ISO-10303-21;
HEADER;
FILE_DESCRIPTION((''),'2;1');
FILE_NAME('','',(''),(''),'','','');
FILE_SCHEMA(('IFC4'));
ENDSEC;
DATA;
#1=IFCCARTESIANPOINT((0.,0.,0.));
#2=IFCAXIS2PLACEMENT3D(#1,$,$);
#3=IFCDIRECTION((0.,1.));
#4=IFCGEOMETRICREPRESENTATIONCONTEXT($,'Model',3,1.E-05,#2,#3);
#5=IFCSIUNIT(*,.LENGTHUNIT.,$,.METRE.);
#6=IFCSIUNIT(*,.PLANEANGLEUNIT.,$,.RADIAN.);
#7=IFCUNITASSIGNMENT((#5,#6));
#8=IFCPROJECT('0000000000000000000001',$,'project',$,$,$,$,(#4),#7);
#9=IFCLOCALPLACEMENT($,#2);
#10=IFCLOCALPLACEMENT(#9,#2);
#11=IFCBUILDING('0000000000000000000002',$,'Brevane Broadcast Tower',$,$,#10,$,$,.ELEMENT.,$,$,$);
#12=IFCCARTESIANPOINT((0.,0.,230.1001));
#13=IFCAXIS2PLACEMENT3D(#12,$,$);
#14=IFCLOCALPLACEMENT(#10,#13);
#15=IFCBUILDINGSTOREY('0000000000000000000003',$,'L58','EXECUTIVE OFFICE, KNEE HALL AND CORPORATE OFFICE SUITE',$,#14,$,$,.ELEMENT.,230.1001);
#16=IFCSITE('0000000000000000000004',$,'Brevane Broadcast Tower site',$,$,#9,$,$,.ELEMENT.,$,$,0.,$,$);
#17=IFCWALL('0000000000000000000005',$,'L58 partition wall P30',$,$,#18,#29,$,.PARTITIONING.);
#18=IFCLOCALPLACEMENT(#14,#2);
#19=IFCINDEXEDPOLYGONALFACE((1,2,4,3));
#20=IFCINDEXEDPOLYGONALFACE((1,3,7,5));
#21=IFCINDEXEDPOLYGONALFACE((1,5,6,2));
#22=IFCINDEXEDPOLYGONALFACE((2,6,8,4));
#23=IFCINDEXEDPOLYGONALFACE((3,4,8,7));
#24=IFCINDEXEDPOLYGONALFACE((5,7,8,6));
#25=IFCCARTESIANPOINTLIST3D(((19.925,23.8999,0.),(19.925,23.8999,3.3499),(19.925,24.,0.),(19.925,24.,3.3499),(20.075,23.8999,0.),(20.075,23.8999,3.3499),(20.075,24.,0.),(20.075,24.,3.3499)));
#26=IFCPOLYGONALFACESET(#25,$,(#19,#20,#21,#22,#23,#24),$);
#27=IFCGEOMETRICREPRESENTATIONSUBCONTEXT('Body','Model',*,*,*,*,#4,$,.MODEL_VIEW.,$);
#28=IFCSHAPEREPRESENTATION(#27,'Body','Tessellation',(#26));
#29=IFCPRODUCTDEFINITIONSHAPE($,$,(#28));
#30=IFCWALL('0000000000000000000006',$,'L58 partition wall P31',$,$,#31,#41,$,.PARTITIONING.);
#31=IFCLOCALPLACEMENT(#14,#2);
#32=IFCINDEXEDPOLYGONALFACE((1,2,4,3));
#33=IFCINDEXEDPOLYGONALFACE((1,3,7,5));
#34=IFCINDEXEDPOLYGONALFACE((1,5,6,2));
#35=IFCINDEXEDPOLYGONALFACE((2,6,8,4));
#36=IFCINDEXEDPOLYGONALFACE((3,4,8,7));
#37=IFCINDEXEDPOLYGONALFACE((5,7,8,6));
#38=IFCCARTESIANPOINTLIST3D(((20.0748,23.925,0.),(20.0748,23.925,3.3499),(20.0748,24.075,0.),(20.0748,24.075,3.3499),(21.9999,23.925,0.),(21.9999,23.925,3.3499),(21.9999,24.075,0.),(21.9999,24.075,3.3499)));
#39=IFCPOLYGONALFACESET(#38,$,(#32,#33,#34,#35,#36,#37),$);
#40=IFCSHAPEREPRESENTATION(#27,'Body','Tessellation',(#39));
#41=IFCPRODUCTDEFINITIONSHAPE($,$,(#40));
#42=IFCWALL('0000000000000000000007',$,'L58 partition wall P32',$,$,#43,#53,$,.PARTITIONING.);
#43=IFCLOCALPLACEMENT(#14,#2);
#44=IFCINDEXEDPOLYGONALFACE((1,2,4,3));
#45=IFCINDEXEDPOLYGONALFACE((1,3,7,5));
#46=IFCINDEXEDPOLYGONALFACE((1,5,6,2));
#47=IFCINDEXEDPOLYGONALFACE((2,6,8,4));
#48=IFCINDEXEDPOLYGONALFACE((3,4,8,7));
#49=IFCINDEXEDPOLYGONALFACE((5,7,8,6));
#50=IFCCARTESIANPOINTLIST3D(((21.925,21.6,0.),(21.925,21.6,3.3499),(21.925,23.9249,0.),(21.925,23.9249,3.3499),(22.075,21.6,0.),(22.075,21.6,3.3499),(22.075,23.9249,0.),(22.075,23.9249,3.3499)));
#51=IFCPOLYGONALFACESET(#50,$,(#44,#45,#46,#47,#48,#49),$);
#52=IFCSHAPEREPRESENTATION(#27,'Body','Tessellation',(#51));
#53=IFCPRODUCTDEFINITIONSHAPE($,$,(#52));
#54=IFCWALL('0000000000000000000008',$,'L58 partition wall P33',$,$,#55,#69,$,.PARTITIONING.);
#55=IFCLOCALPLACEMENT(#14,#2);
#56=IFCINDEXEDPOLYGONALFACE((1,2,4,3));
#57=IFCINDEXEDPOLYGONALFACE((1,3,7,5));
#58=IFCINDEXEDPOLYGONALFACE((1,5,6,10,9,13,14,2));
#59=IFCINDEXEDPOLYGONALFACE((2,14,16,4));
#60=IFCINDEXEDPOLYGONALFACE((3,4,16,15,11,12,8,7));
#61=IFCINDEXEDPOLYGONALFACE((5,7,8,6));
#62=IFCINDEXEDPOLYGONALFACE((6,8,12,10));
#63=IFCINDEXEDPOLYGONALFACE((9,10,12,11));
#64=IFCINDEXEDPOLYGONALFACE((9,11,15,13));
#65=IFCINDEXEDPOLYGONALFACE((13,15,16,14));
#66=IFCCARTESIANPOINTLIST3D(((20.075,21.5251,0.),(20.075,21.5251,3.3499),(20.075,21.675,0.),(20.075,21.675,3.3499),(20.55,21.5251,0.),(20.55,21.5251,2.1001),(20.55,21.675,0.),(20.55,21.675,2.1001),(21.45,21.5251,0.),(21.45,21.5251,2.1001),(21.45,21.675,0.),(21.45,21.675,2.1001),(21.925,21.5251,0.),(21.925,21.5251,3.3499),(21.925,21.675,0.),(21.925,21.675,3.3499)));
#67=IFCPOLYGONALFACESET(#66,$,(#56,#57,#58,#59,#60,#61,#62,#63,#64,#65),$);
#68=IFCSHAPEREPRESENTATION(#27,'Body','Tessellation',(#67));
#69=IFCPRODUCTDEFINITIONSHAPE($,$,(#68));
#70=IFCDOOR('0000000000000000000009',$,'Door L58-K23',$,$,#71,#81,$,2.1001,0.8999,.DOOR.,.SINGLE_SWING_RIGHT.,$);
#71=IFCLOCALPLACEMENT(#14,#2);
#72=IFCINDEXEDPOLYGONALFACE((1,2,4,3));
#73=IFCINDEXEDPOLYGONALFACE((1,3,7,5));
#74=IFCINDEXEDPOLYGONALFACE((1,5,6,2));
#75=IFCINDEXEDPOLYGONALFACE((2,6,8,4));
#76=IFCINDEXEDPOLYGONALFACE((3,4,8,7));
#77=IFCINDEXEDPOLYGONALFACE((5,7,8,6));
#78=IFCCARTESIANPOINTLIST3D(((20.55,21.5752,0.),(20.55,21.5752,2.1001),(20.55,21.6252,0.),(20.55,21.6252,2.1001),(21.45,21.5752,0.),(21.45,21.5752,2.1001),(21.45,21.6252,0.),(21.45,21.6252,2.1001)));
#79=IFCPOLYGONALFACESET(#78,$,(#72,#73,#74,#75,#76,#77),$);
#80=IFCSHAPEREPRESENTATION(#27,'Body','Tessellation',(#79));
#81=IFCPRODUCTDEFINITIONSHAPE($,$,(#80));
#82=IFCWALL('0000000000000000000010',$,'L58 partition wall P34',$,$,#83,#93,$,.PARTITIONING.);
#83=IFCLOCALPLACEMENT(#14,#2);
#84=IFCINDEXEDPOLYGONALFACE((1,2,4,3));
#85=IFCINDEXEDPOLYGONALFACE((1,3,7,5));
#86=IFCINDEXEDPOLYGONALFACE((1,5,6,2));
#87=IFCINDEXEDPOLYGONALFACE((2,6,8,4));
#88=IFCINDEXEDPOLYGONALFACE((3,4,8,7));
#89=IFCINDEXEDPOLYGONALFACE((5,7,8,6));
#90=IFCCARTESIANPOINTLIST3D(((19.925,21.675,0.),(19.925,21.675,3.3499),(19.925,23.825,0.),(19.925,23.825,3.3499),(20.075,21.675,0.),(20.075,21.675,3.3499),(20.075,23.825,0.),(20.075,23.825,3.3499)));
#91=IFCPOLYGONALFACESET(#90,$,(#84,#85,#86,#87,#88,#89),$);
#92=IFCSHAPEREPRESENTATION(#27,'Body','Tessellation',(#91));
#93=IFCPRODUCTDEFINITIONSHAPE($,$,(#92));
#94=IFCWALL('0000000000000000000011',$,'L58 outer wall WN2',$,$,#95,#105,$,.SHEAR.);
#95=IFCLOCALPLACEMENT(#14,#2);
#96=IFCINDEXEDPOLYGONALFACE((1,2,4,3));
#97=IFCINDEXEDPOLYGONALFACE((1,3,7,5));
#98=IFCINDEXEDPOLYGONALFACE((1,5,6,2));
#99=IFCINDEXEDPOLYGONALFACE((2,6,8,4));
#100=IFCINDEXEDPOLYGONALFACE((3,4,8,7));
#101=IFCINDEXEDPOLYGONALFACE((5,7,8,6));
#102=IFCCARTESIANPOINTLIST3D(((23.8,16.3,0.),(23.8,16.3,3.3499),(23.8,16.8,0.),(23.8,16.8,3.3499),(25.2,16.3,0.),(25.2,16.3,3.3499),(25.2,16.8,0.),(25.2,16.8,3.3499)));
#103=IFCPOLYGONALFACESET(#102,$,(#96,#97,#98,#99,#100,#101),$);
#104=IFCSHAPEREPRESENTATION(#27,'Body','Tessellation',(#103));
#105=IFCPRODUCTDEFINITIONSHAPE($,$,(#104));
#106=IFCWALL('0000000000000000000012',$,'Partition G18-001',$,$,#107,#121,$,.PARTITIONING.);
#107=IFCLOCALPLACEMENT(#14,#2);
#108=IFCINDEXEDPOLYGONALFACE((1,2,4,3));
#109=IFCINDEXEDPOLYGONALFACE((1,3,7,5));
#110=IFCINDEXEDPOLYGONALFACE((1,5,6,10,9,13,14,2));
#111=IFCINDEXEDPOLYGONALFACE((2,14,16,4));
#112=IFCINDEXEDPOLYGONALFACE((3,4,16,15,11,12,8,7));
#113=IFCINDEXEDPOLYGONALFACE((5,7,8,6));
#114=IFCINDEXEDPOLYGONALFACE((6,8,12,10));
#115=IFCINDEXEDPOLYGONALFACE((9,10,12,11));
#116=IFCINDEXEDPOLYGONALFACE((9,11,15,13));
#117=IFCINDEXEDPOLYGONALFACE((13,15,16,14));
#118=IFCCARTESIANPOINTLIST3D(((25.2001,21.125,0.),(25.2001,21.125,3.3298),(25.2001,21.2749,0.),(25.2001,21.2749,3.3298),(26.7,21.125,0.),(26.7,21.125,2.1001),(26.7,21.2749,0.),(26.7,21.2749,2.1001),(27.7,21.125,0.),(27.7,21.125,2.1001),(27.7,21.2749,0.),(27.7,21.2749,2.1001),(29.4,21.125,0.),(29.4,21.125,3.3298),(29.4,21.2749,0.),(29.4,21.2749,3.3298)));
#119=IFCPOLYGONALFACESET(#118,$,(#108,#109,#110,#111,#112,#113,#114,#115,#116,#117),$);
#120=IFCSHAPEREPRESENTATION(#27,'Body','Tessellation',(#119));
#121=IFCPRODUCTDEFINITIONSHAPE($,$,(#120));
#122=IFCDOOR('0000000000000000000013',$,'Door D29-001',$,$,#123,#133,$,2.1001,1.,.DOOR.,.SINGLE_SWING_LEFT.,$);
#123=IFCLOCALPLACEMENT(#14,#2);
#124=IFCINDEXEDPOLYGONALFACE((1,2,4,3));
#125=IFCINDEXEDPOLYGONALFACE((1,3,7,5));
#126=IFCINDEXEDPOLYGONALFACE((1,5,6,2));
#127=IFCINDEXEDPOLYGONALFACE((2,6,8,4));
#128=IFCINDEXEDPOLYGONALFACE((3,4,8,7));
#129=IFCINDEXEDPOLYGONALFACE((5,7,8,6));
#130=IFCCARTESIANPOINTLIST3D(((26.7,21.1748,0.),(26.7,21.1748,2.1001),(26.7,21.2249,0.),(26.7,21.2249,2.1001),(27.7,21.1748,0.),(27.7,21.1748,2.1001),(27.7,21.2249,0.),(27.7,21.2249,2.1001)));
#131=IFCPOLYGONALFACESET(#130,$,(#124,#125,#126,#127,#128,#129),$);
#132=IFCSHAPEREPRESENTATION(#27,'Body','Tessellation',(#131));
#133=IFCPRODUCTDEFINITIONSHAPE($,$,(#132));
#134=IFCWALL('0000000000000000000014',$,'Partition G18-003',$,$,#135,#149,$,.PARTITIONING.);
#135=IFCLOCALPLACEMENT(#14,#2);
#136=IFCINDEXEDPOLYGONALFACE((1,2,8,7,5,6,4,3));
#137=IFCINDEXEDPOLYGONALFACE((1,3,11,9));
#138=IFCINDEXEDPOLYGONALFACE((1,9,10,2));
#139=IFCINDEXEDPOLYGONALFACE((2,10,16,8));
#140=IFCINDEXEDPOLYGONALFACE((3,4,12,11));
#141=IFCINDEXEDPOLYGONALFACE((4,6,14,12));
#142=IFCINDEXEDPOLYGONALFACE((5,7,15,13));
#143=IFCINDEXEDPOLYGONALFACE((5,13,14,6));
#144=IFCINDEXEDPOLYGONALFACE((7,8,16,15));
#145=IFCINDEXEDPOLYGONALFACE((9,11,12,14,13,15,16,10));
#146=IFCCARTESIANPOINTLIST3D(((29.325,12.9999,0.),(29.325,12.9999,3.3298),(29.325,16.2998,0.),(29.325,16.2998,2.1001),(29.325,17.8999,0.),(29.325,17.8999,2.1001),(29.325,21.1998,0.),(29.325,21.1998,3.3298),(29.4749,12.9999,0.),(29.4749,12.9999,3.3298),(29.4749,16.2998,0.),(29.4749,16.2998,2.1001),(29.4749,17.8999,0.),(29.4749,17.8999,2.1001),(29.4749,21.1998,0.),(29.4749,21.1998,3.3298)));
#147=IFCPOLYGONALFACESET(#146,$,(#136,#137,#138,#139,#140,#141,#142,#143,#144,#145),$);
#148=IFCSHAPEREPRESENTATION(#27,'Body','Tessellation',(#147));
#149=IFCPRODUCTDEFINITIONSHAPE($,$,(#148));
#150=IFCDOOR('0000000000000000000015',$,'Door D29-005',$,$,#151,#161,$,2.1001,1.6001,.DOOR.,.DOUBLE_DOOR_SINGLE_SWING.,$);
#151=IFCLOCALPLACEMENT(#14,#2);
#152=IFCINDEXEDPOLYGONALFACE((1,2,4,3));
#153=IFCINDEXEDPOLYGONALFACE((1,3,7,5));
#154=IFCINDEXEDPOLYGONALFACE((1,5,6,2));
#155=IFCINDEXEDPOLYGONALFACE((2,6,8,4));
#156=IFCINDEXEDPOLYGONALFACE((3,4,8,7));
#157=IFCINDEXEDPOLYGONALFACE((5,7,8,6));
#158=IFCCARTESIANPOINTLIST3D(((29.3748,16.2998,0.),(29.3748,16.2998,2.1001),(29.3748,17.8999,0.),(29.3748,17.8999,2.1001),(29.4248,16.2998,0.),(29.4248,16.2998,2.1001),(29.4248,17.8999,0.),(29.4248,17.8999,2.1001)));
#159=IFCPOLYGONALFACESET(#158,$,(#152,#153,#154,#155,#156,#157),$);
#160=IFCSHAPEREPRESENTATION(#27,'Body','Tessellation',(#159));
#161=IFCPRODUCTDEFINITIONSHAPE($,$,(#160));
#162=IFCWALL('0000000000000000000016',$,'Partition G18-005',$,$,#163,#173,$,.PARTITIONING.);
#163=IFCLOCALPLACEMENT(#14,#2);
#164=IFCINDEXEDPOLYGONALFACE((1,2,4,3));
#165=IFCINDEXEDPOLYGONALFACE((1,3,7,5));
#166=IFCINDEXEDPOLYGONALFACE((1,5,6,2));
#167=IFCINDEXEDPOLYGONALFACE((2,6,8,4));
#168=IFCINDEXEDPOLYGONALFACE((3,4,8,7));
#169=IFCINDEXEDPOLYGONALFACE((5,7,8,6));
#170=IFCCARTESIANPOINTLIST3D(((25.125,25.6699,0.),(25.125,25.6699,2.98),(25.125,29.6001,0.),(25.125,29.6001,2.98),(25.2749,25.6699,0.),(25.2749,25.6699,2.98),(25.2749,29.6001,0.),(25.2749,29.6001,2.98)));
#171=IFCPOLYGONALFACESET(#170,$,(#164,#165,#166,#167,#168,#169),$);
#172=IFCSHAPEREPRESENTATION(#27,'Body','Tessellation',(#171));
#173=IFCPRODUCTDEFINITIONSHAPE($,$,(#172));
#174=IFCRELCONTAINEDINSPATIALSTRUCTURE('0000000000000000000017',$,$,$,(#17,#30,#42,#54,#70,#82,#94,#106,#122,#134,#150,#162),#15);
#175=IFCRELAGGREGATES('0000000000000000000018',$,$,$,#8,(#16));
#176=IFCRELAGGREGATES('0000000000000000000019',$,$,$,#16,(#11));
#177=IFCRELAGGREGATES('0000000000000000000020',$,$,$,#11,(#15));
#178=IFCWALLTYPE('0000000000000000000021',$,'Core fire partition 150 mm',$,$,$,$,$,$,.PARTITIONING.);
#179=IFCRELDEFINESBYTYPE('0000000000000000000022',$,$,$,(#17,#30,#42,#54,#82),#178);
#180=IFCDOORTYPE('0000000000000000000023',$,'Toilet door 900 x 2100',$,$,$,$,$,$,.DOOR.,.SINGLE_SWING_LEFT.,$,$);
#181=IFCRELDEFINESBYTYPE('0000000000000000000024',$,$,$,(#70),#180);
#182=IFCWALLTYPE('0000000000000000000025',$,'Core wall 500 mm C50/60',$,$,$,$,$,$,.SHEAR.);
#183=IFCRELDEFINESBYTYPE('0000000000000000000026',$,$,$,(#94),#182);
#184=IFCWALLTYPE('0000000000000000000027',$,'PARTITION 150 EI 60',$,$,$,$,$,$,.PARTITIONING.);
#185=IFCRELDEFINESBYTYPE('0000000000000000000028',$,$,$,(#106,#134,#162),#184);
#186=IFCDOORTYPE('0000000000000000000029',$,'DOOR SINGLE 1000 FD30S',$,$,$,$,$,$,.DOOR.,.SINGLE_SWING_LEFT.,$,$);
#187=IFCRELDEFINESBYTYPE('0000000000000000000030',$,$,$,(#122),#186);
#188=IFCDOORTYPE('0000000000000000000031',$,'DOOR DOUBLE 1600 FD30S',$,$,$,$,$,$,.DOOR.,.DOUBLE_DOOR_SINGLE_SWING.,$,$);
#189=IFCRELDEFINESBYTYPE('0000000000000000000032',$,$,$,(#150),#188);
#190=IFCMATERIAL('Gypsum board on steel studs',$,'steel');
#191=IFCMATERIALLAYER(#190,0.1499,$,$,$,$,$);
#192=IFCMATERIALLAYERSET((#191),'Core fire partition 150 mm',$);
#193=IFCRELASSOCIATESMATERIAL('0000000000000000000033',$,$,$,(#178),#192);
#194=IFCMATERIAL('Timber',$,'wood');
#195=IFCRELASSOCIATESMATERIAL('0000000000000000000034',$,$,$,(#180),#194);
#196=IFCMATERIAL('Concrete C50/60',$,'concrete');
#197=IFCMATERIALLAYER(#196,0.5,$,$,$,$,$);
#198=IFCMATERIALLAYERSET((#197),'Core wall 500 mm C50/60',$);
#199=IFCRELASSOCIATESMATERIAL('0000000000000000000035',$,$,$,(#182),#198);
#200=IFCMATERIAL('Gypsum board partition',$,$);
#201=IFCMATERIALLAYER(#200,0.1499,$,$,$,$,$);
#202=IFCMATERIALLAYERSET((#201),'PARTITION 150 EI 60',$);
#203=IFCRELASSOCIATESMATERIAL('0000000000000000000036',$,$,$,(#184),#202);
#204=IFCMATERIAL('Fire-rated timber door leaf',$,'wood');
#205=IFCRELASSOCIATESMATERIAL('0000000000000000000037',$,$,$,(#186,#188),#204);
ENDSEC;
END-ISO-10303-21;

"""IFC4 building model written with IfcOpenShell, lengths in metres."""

from ifc_helpers import new_model, si_unit, direction, frame, frame_2d, origin, place, context, subcontext, project, spatial, rectangle, extrude, material, layer, layer_set, type_object, element, fill, save


model = new_model("IFC4")

# Units and contexts
model_context = context("Model", 3, precision=1e-05, world=origin(), true_north=direction((0.0, 1.0)))
body_context = subcontext(model_context, "Body", "Model", "MODEL_VIEW")
ifc_project = project(units=[si_unit("LENGTHUNIT", "METRE"), si_unit("PLANEANGLEUNIT", "RADIAN")], contexts=[model_context])

# Site, building, storey
site_placement = place(None, origin())
site = spatial("IfcSite", under=ifc_project, at=site_placement, Name="Brevane Broadcast Tower site", CompositionType="ELEMENT", RefElevation=0.0)
building_placement = place(site_placement, origin())
building = spatial("IfcBuilding", under=site, at=building_placement, Name="Brevane Broadcast Tower", CompositionType="ELEMENT")
storey_placement = place(building_placement, frame((0.0, 0.0, 230.1001)))
storey = spatial("IfcBuildingStorey", under=building, at=storey_placement, Name="L58", Description="EXECUTIVE OFFICE, KNEE HALL AND CORPORATE OFFICE SUITE", CompositionType="ELEMENT", Elevation=230.1001)

# Shared definitions
ifc_material_1 = material(Name="Concrete C50/60", Category="concrete")

# Shared definitions
ifc_material_2 = material(Name="Gypsum board on steel studs", Category="steel")
ifc_layer_1 = layer(ifc_material_2, 0.1499)
ifc_layer_set_1 = layer_set([ifc_layer_1], Name="Core fire partition 150 mm")
wall_type_1 = type_object("IfcWallType", Name="Core fire partition 150 mm", PredefinedType="PARTITIONING", material=ifc_layer_set_1)

# Walls
wall_1_placement = place(storey_placement, frame((20.0, 23.8999, 0.0), z_axis=(0.0, 0.0, 1.0), x_axis=(0.0, 1.0, 0.0)))
element("IfcWall", 1, at=wall_1_placement, inside=storey, type_object=wall_type_1, Name="L58 partition wall P30", PredefinedType="PARTITIONING", context=body_context, shape_type="SweptSolid", body=[
    extrude(rectangle(XDim=0.1001, YDim=0.1499, at=frame_2d((0.05, 0.0))), origin(), (0.0, 0.0, 1.0), 3.3499),
])
wall_2_placement = place(storey_placement, frame((20.075, 24.0, 0.0), z_axis=(0.0, 0.0, 1.0), x_axis=(1.0, 0.0, 0.0)))
element("IfcWall", 2, at=wall_2_placement, inside=storey, type_object=wall_type_1, Name="L58 partition wall P31", PredefinedType="PARTITIONING", context=body_context, shape_type="SweptSolid", body=[
    extrude(rectangle(XDim=1.925, YDim=0.1499, at=frame_2d((0.9624, 0.0))), origin(), (0.0, 0.0, 1.0), 3.3499),
])
wall_3_placement = place(storey_placement, frame((22.0, 23.925, 0.0), z_axis=(0.0, 0.0, 1.0), x_axis=(0.0, -1.0, 0.0)))
element("IfcWall", 3, at=wall_3_placement, inside=storey, type_object=wall_type_1, Name="L58 partition wall P32", PredefinedType="PARTITIONING", context=body_context, shape_type="SweptSolid", body=[
    extrude(rectangle(XDim=2.325, YDim=0.1499, at=frame_2d((1.1626, 0.0))), origin(), (0.0, 0.0, 1.0), 3.3499),
])

# Wall, opening, door
wall_4_placement = place(storey_placement, frame((21.925, 21.6001, 0.0), z_axis=(0.0, 0.0, 1.0), x_axis=(-1.0, 0.0, 0.0)))
wall_4 = element("IfcWall", 4, at=wall_4_placement, inside=storey, type_object=wall_type_1, Name="L58 partition wall P33", PredefinedType="PARTITIONING", context=body_context, shape_type="SweptSolid", body=[
    extrude(rectangle(XDim=1.8501, YDim=0.1499, at=frame_2d((0.925, 0.0))), origin(), (0.0, 0.0, 1.0), 3.3499),
])
opening_1_placement = place(wall_4_placement, frame((0.4751, 0.0, 0.0)))
opening_1 = element("IfcOpeningElement", 5, at=opening_1_placement, cuts=wall_4, PredefinedType="OPENING", context=body_context, shape_type="SweptSolid", body=[
    extrude(rectangle(XDim=0.8999, YDim=2.1001, at=frame_2d((0.45, 1.05))), frame((0.0, 0.085, 0.0), z_axis=(0.0, -1.0, 0.0), x_axis=(1.0, 0.0, 0.0)), (0.0, 0.0, 1.0), 0.1699),
])
ifc_material_3 = material(Name="Timber", Category="wood")
door_type_1 = type_object("IfcDoorType", Name="Toilet door 900 x 2100", OperationType="SINGLE_SWING_LEFT", PredefinedType="DOOR", material=ifc_material_3)
door_1_placement = place(opening_1_placement, origin())
door_1 = element("IfcDoor", 6, at=door_1_placement, inside=storey, type_object=door_type_1, Name="Door L58-K23", OperationType="SINGLE_SWING_RIGHT", OverallHeight=2.1001, OverallWidth=0.8999, PredefinedType="DOOR", context=body_context, shape_type="SweptSolid", body=[
    extrude(rectangle(XDim=0.8999, YDim=2.1001, at=frame_2d((0.45, 1.05))), frame((0.0, 0.0249, 0.0), z_axis=(0.0, -1.0, 0.0), x_axis=(1.0, 0.0, 0.0)), (0.0, 0.0, 1.0), 0.05),
])
fill(opening_1, door_1)

# Walls
wall_5_placement = place(storey_placement, frame((20.0, 21.675, 0.0), z_axis=(0.0, 0.0, 1.0), x_axis=(0.0, 1.0, 0.0)))
element("IfcWall", 7, at=wall_5_placement, inside=storey, type_object=wall_type_1, Name="L58 partition wall P34", PredefinedType="PARTITIONING", context=body_context, shape_type="SweptSolid", body=[
    extrude(rectangle(XDim=2.1499, YDim=0.1499, at=frame_2d((1.075, 0.0))), origin(), (0.0, 0.0, 1.0), 3.3499),
])
ifc_layer_2 = layer(ifc_material_1, 0.5)
ifc_layer_set_2 = layer_set([ifc_layer_2], Name="Core wall 500 mm C50/60")
wall_type_2 = type_object("IfcWallType", Name="Core wall 500 mm C50/60", PredefinedType="SHEAR", material=ifc_layer_set_2)
wall_6_placement = place(storey_placement, frame((23.8, 16.55, 0.0), z_axis=(0.0, 0.0, 1.0), x_axis=(1.0, 0.0, 0.0)))
element("IfcWall", 8, at=wall_6_placement, inside=storey, type_object=wall_type_2, Name="L58 outer wall WN2", PredefinedType="SHEAR", context=body_context, shape_type="SweptSolid", body=[
    extrude(rectangle(XDim=1.3999, YDim=0.5, at=frame_2d((0.7, 0.0))), origin(), (0.0, 0.0, 1.0), 3.3499),
])

# Walls, openings, doors
ifc_material_4 = material(Name="Gypsum board partition")
ifc_layer_3 = layer(ifc_material_4, 0.1499)
ifc_layer_set_3 = layer_set([ifc_layer_3], Name="PARTITION 150 EI 60")
wall_type_3 = type_object("IfcWallType", Name="PARTITION 150 EI 60", PredefinedType="PARTITIONING", material=ifc_layer_set_3)
wall_7_placement = place(storey_placement, frame((25.2, 21.2, 0.0), z_axis=(0.0, 0.0, 1.0), x_axis=(1.0, 0.0, 0.0)))
wall_7 = element("IfcWall", 9, at=wall_7_placement, inside=storey, type_object=wall_type_3, Name="Partition G18-001", PredefinedType="PARTITIONING", context=body_context, shape_type="SweptSolid", body=[
    extrude(rectangle(XDim=4.2, YDim=0.1499, at=frame_2d((2.1001, 0.0))), origin(), (0.0, 0.0, 1.0), 3.3298),
])
opening_2_placement = place(wall_7_placement, frame((1.5, 0.0, 0.0)))
opening_2 = element("IfcOpeningElement", 10, at=opening_2_placement, cuts=wall_7, PredefinedType="OPENING", context=body_context, shape_type="SweptSolid", body=[
    extrude(rectangle(XDim=1.0, YDim=2.1001, at=frame_2d((0.5, 1.05))), frame((0.0, 0.085, 0.0), z_axis=(0.0, -1.0, 0.0), x_axis=(1.0, 0.0, 0.0)), (0.0, 0.0, 1.0), 0.1699),
])
ifc_material_5 = material(Name="Fire-rated timber door leaf", Category="wood")
door_type_2 = type_object("IfcDoorType", Name="DOOR SINGLE 1000 FD30S", OperationType="SINGLE_SWING_LEFT", PredefinedType="DOOR", material=ifc_material_5)
door_2_placement = place(opening_2_placement, origin())
door_2 = element("IfcDoor", 11, at=door_2_placement, inside=storey, type_object=door_type_2, Name="Door D29-001", OperationType="SINGLE_SWING_LEFT", OverallHeight=2.1001, OverallWidth=1.0, PredefinedType="DOOR", context=body_context, shape_type="SweptSolid", body=[
    extrude(rectangle(XDim=1.0, YDim=2.1001, at=frame_2d((0.5, 1.05))), frame((0.0, 0.0249, 0.0), z_axis=(0.0, -1.0, 0.0), x_axis=(1.0, 0.0, 0.0)), (0.0, 0.0, 1.0), 0.05),
])
fill(opening_2, door_2)
wall_8_placement = place(storey_placement, frame((29.3999, 21.2, 0.0), z_axis=(0.0, 0.0, 1.0), x_axis=(0.0, -1.0, 0.0)))
wall_8 = element("IfcWall", 12, at=wall_8_placement, inside=storey, type_object=wall_type_3, Name="Partition G18-003", PredefinedType="PARTITIONING", context=body_context, shape_type="SweptSolid", body=[
    extrude(rectangle(XDim=8.2, YDim=0.1499, at=frame_2d((4.1001, 0.0))), origin(), (0.0, 0.0, 1.0), 3.3298),
])
opening_3_placement = place(wall_8_placement, frame((3.3, 0.0, 0.0)))
opening_3 = element("IfcOpeningElement", 13, at=opening_3_placement, cuts=wall_8, PredefinedType="OPENING", context=body_context, shape_type="SweptSolid", body=[
    extrude(rectangle(XDim=1.6001, YDim=2.1001, at=frame_2d((0.8, 1.05))), frame((0.0, 0.085, 0.0), z_axis=(0.0, -1.0, 0.0), x_axis=(1.0, 0.0, 0.0)), (0.0, 0.0, 1.0), 0.1699),
])
door_type_3 = type_object("IfcDoorType", Name="DOOR DOUBLE 1600 FD30S", OperationType="DOUBLE_DOOR_SINGLE_SWING", PredefinedType="DOOR", material=ifc_material_5)
door_3_placement = place(opening_3_placement, origin())
door_3 = element("IfcDoor", 14, at=door_3_placement, inside=storey, type_object=door_type_3, Name="Door D29-005", OperationType="DOUBLE_DOOR_SINGLE_SWING", OverallHeight=2.1001, OverallWidth=1.6001, PredefinedType="DOOR", context=body_context, shape_type="SweptSolid", body=[
    extrude(rectangle(XDim=1.6001, YDim=2.1001, at=frame_2d((0.8, 1.05))), frame((0.0, 0.0249, 0.0), z_axis=(0.0, -1.0, 0.0), x_axis=(1.0, 0.0, 0.0)), (0.0, 0.0, 1.0), 0.05),
])
fill(opening_3, door_3)

# Wall
wall_9_placement = place(storey_placement, frame((25.2, 25.6699, 0.0), z_axis=(0.0, 0.0, 1.0), x_axis=(0.0, 1.0, 0.0)))
element("IfcWall", 15, at=wall_9_placement, inside=storey, type_object=wall_type_3, Name="Partition G18-005", PredefinedType="PARTITIONING", context=body_context, shape_type="SweptSolid", body=[
    extrude(rectangle(XDim=3.9302, YDim=0.1499, at=frame_2d((1.9651, 0.0))), origin(), (0.0, 0.0, 1.0), 2.98),
])

save(model, "model.ifc")
